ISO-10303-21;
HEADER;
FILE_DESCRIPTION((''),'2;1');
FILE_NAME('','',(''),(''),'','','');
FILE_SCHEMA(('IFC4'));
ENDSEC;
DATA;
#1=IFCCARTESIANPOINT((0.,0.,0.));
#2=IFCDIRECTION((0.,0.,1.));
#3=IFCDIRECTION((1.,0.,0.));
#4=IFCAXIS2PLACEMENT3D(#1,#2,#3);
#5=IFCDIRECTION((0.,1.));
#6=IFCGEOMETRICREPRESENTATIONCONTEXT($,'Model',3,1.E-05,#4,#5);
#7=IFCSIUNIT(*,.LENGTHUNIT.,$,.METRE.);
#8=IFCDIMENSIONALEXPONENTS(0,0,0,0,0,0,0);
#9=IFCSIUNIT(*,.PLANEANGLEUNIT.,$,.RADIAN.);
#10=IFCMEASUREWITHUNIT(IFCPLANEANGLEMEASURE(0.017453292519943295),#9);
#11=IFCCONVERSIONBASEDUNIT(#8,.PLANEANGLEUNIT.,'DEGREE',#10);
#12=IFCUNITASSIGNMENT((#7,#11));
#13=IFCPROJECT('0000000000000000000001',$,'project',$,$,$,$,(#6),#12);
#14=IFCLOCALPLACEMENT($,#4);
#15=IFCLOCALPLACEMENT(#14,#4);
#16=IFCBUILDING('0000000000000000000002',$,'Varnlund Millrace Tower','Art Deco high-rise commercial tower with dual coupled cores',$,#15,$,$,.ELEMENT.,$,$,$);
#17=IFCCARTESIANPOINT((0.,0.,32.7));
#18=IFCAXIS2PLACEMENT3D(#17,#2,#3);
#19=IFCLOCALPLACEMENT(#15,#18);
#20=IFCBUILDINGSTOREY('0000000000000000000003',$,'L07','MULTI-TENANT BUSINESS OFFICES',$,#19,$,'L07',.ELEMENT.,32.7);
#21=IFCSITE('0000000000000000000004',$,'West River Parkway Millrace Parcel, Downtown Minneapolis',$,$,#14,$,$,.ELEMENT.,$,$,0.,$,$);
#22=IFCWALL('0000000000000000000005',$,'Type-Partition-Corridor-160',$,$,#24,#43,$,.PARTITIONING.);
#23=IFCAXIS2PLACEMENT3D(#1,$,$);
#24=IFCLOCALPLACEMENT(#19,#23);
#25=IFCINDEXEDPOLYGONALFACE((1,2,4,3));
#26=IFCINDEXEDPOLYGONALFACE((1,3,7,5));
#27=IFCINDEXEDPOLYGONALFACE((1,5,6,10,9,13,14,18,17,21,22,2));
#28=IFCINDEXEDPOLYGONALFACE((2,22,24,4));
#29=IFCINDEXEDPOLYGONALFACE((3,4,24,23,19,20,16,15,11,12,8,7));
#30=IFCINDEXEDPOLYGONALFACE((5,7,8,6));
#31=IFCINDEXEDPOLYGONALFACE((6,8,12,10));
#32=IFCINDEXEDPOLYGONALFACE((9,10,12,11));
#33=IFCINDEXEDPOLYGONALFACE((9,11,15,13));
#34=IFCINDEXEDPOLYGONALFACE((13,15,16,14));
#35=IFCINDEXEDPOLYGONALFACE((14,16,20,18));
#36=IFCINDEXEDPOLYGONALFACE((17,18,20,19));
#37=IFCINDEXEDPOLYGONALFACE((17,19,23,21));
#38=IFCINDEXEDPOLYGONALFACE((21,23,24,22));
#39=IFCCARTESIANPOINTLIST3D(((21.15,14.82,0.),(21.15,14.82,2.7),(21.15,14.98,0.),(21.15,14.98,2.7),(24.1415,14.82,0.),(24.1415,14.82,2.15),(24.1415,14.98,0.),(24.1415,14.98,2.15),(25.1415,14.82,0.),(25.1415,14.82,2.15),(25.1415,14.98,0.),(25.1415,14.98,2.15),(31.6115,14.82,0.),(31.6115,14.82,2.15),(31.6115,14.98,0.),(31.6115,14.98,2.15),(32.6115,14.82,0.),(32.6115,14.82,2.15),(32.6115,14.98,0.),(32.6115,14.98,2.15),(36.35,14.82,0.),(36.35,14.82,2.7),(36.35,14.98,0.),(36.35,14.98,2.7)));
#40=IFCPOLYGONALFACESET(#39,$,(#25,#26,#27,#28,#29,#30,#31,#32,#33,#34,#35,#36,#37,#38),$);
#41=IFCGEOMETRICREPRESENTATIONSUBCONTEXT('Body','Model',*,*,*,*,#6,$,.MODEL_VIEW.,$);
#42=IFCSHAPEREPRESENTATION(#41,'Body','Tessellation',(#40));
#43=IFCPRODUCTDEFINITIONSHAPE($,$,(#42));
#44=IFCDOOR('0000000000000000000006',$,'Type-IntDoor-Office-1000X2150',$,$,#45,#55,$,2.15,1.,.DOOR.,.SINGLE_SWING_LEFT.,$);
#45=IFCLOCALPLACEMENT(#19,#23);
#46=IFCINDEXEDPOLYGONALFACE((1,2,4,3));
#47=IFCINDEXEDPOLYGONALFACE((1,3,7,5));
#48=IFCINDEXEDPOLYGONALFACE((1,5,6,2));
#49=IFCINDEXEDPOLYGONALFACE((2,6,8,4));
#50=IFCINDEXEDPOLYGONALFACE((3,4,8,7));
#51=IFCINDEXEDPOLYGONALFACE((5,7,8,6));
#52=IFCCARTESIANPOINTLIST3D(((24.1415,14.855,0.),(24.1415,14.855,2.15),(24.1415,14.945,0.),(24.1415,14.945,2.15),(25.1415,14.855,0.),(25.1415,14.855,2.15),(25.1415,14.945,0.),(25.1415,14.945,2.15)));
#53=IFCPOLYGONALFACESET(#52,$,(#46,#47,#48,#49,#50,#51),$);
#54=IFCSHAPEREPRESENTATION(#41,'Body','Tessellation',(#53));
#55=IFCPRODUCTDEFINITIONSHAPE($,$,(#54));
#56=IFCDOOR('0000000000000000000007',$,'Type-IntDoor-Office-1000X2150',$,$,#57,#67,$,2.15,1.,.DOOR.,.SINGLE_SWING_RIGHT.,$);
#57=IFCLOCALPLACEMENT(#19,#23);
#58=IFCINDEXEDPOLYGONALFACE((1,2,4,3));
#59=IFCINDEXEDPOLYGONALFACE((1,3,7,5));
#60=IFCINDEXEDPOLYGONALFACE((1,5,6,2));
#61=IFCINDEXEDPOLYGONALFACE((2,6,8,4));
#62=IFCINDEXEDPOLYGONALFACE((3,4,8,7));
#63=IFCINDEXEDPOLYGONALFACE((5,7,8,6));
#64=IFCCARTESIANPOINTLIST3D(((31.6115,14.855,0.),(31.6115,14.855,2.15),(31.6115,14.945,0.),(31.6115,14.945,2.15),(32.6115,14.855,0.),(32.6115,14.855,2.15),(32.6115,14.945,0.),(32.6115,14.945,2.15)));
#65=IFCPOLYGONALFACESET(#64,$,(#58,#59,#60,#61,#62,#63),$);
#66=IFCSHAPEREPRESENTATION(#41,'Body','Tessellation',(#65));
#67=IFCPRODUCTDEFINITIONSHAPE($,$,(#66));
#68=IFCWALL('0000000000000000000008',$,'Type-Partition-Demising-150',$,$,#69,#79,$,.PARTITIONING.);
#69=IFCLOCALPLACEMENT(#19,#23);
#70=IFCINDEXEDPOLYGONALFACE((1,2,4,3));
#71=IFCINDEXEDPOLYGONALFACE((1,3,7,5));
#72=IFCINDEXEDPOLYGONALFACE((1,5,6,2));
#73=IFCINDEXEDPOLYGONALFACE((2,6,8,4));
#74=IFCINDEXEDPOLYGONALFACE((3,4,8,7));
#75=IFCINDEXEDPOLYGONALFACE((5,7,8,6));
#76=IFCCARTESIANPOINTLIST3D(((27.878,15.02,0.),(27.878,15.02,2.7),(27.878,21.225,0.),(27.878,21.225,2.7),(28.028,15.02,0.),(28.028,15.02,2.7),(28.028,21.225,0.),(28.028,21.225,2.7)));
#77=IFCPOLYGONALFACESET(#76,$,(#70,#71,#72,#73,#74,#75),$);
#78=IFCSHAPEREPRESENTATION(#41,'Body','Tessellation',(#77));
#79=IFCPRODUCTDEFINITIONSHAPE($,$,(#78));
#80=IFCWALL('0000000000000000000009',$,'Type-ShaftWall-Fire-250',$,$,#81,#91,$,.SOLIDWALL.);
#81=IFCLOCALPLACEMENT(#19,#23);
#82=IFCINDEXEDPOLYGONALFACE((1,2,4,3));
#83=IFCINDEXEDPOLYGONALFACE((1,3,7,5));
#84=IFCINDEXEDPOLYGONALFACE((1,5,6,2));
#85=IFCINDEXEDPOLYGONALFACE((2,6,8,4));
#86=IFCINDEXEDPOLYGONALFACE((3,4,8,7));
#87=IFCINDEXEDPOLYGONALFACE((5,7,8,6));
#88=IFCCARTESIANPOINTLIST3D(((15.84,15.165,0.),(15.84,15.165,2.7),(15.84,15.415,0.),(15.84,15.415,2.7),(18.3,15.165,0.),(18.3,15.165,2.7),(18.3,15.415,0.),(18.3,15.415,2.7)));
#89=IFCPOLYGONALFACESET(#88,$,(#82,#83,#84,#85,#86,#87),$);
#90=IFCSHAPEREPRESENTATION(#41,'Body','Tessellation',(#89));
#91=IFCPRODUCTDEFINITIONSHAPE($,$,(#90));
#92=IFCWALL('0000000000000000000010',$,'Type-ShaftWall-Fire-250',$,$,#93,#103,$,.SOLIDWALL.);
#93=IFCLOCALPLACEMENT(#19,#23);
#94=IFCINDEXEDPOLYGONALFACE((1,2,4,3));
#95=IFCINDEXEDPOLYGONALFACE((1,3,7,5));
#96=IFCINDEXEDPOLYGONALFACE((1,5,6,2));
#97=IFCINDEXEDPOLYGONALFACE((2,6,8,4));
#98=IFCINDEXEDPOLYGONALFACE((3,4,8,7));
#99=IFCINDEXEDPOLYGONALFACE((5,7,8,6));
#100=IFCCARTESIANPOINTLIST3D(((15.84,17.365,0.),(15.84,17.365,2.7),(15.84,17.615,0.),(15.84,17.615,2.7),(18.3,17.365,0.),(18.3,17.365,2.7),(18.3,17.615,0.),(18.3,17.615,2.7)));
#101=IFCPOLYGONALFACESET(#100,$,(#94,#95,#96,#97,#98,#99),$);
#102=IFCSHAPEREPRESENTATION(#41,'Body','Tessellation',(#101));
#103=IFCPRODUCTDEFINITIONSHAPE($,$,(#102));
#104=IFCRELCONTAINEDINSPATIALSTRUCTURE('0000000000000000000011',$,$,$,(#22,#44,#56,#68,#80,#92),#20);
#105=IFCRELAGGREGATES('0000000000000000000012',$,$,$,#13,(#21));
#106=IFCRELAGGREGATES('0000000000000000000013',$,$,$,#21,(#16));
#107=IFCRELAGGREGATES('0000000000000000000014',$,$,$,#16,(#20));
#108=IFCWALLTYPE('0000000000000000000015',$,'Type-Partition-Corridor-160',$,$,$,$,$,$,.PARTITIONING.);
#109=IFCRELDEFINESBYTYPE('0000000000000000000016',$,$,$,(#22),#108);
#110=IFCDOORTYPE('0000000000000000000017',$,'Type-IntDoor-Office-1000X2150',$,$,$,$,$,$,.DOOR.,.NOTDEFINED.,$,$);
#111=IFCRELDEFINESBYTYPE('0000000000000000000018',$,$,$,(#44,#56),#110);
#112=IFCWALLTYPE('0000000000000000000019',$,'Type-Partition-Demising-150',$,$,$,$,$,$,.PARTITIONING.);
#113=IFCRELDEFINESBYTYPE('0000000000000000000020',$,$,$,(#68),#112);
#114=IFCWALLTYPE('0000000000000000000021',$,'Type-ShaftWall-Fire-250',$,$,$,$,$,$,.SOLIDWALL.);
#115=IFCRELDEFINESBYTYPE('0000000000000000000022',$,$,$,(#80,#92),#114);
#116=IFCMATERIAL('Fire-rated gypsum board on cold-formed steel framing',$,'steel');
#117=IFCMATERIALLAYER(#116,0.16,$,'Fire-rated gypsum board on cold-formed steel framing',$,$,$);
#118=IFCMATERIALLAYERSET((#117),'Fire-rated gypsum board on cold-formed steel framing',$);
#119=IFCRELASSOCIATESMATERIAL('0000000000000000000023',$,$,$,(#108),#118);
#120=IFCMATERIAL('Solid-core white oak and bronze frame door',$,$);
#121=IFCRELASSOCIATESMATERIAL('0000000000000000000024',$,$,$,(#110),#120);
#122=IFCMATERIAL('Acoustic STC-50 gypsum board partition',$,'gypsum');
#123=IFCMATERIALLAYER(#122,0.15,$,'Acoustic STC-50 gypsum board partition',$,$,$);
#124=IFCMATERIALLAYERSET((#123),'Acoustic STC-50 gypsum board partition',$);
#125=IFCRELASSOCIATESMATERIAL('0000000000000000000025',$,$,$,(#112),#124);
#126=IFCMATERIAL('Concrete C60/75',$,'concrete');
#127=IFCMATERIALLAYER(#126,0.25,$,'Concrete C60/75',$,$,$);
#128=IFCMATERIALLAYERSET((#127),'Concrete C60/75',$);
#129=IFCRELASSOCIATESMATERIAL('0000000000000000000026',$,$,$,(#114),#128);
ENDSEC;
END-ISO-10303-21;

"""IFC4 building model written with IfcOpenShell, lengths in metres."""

from ifc_helpers import new_model, entity, si_unit, converted_unit, direction, frame, origin_with_axes, origin_2d_with_axis, place, context, subcontext, project, spatial, polyline, rectangle, outline, extrude, material, layer, layer_set, type_object, element, fill, save


model = new_model("IFC4")

# Units and contexts
model_context = context("Model", 3, precision=1e-05, world=origin_with_axes(), true_north=direction((0.0, 1.0)))
body_context = subcontext(model_context, "Body", "Model", "MODEL_VIEW")
ifc_project = project(units=[si_unit("LENGTHUNIT", "METRE"), converted_unit("PLANEANGLEUNIT", "DEGREE", entity("IfcPlaneAngleMeasure", 0.017453292519943295), si_unit("PLANEANGLEUNIT", "RADIAN"), dimensions=[0, 0, 0, 0, 0, 0, 0])], contexts=[model_context])

# Site, building, storey
site_placement = place(None, origin_with_axes())
site = spatial("IfcSite", under=ifc_project, at=site_placement, Name="West River Parkway Millrace Parcel, Downtown Minneapolis", CompositionType="ELEMENT", RefElevation=0.0)
building_placement = place(site_placement, origin_with_axes())
building = spatial("IfcBuilding", under=site, at=building_placement, Name="Varnlund Millrace Tower", Description="Art Deco high-rise commercial tower with dual coupled cores", CompositionType="ELEMENT")
storey_placement = place(building_placement, frame((0.0, 0.0, 32.7), z_axis=(0.0, 0.0, 1.0), x_axis=(1.0, 0.0, 0.0)))
storey = spatial("IfcBuildingStorey", under=building, at=storey_placement, Name="L07", Description="MULTI-TENANT BUSINESS OFFICES", LongName="L07", CompositionType="ELEMENT", Elevation=32.7)

# Wall, openings, doors
ifc_material_1 = material(Name="Fire-rated gypsum board on cold-formed steel framing", Category="steel")
ifc_layer_1 = layer(ifc_material_1, 0.16, Name="Fire-rated gypsum board on cold-formed steel framing")
ifc_layer_set_1 = layer_set([ifc_layer_1], Name="Fire-rated gypsum board on cold-formed steel framing")
wall_type_1 = type_object("IfcWallType", Name="Type-Partition-Corridor-160", PredefinedType="PARTITIONING", material=ifc_layer_set_1)
wall_1_placement = place(storey_placement, frame((21.15, 14.9, 0.0), z_axis=(0.0, 0.0, 1.0), x_axis=(1.0, 0.0, 0.0)))
wall_1 = element("IfcWall", 1, at=wall_1_placement, inside=storey, type_object=wall_type_1, Name="Type-Partition-Corridor-160", PredefinedType="PARTITIONING", context=body_context, shape_type="SweptSolid", body=[
    extrude(outline(polyline([(0.0, -0.08), (15.2, -0.08), (15.2, 0.08), (0.0, 0.08), (0.0, -0.08)])), origin_with_axes(), (0.0, 0.0, 1.0), 2.7),
])
opening_1_placement = place(wall_1_placement, frame((3.4915, 0.0, 0.0), z_axis=(0.0, 0.0, 1.0), x_axis=(1.0, 0.0, 0.0)))
opening_1 = element("IfcOpeningElement", 2, at=opening_1_placement, cuts=wall_1, PredefinedType="OPENING", context=body_context, shape_type="SweptSolid", body=[
    extrude(rectangle(XDim=1.0, YDim=0.18, at=origin_2d_with_axis()), origin_with_axes(), (0.0, 0.0, 1.0), 2.15),
])
opening_2_placement = place(wall_1_placement, frame((10.9615, 0.0, 0.0), z_axis=(0.0, 0.0, 1.0), x_axis=(1.0, 0.0, 0.0)))
opening_2 = element("IfcOpeningElement", 3, at=opening_2_placement, cuts=wall_1, PredefinedType="OPENING", context=body_context, shape_type="SweptSolid", body=[
    extrude(rectangle(XDim=1.0, YDim=0.18, at=origin_2d_with_axis()), origin_with_axes(), (0.0, 0.0, 1.0), 2.15),
])
ifc_material_2 = material(Name="Solid-core white oak and bronze frame door")
door_type_1 = type_object("IfcDoorType", Name="Type-IntDoor-Office-1000X2150", OperationType="NOTDEFINED", PredefinedType="DOOR", material=ifc_material_2)
door_1_placement = place(wall_1_placement, frame((3.4915, 0.0, 0.0), z_axis=(0.0, 0.0, 1.0), x_axis=(1.0, 0.0, 0.0)))
door_1 = element("IfcDoor", 4, at=door_1_placement, inside=storey, type_object=door_type_1, Name="Type-IntDoor-Office-1000X2150", OperationType="SINGLE_SWING_LEFT", OverallHeight=2.15, OverallWidth=1.0, PredefinedType="DOOR", context=body_context, shape_type="SweptSolid", body=[
    extrude(rectangle(XDim=1.0, YDim=0.09, at=origin_2d_with_axis()), origin_with_axes(), (0.0, 0.0, 1.0), 2.15),
])
fill(opening_1, door_1)
door_2_placement = place(wall_1_placement, frame((10.9615, 0.0, 0.0), z_axis=(0.0, 0.0, 1.0), x_axis=(1.0, 0.0, 0.0)))
door_2 = element("IfcDoor", 5, at=door_2_placement, inside=storey, type_object=door_type_1, Name="Type-IntDoor-Office-1000X2150", OperationType="SINGLE_SWING_RIGHT", OverallHeight=2.15, OverallWidth=1.0, PredefinedType="DOOR", context=body_context, shape_type="SweptSolid", body=[
    extrude(rectangle(XDim=1.0, YDim=0.09, at=origin_2d_with_axis()), origin_with_axes(), (0.0, 0.0, 1.0), 2.15),
])
fill(opening_2, door_2)

# Walls
ifc_material_3 = material(Name="Acoustic STC-50 gypsum board partition", Category="gypsum")
ifc_layer_2 = layer(ifc_material_3, 0.15, Name="Acoustic STC-50 gypsum board partition")
ifc_layer_set_2 = layer_set([ifc_layer_2], Name="Acoustic STC-50 gypsum board partition")
wall_type_2 = type_object("IfcWallType", Name="Type-Partition-Demising-150", PredefinedType="PARTITIONING", material=ifc_layer_set_2)
wall_2_placement = place(storey_placement, frame((27.953, 15.02, 0.0), z_axis=(0.0, 0.0, 1.0), x_axis=(0.0, 1.0, 0.0)))
element("IfcWall", 6, at=wall_2_placement, inside=storey, type_object=wall_type_2, Name="Type-Partition-Demising-150", PredefinedType="PARTITIONING", context=body_context, shape_type="SweptSolid", body=[
    extrude(outline(polyline([(0.0, -0.075), (6.205, -0.075), (6.205, 0.075), (0.0, 0.075), (0.0, -0.075)])), origin_with_axes(), (0.0, 0.0, 1.0), 2.7),
])
ifc_material_4 = material(Name="Concrete C60/75", Category="concrete")
ifc_layer_3 = layer(ifc_material_4, 0.25, Name="Concrete C60/75")
ifc_layer_set_3 = layer_set([ifc_layer_3], Name="Concrete C60/75")
wall_type_3 = type_object("IfcWallType", Name="Type-ShaftWall-Fire-250", PredefinedType="SOLIDWALL", material=ifc_layer_set_3)
for number, where, z_axis, x_axis, name in (
    (7, (15.84, 15.29, 0.0), (0.0, 0.0, 1.0), (1.0, 0.0, 0.0), "Type-ShaftWall-Fire-250"),
    (8, (15.84, 17.49, 0.0), (0.0, 0.0, 1.0), (1.0, 0.0, 0.0), "Type-ShaftWall-Fire-250"),
):
    element("IfcWall", number, at=place(storey_placement, frame(where, z_axis=z_axis, x_axis=x_axis)), inside=storey, type_object=wall_type_3, Name=name, PredefinedType="SOLIDWALL", context=body_context, shape_type="SweptSolid", body=[
        extrude(outline(polyline([(0.0, -0.125), (2.46, -0.125), (2.46, 0.125), (0.0, 0.125), (0.0, -0.125)])), origin_with_axes(), (0.0, 0.0, 1.0), 2.7),
    ])

save(model, "model.ifc")
